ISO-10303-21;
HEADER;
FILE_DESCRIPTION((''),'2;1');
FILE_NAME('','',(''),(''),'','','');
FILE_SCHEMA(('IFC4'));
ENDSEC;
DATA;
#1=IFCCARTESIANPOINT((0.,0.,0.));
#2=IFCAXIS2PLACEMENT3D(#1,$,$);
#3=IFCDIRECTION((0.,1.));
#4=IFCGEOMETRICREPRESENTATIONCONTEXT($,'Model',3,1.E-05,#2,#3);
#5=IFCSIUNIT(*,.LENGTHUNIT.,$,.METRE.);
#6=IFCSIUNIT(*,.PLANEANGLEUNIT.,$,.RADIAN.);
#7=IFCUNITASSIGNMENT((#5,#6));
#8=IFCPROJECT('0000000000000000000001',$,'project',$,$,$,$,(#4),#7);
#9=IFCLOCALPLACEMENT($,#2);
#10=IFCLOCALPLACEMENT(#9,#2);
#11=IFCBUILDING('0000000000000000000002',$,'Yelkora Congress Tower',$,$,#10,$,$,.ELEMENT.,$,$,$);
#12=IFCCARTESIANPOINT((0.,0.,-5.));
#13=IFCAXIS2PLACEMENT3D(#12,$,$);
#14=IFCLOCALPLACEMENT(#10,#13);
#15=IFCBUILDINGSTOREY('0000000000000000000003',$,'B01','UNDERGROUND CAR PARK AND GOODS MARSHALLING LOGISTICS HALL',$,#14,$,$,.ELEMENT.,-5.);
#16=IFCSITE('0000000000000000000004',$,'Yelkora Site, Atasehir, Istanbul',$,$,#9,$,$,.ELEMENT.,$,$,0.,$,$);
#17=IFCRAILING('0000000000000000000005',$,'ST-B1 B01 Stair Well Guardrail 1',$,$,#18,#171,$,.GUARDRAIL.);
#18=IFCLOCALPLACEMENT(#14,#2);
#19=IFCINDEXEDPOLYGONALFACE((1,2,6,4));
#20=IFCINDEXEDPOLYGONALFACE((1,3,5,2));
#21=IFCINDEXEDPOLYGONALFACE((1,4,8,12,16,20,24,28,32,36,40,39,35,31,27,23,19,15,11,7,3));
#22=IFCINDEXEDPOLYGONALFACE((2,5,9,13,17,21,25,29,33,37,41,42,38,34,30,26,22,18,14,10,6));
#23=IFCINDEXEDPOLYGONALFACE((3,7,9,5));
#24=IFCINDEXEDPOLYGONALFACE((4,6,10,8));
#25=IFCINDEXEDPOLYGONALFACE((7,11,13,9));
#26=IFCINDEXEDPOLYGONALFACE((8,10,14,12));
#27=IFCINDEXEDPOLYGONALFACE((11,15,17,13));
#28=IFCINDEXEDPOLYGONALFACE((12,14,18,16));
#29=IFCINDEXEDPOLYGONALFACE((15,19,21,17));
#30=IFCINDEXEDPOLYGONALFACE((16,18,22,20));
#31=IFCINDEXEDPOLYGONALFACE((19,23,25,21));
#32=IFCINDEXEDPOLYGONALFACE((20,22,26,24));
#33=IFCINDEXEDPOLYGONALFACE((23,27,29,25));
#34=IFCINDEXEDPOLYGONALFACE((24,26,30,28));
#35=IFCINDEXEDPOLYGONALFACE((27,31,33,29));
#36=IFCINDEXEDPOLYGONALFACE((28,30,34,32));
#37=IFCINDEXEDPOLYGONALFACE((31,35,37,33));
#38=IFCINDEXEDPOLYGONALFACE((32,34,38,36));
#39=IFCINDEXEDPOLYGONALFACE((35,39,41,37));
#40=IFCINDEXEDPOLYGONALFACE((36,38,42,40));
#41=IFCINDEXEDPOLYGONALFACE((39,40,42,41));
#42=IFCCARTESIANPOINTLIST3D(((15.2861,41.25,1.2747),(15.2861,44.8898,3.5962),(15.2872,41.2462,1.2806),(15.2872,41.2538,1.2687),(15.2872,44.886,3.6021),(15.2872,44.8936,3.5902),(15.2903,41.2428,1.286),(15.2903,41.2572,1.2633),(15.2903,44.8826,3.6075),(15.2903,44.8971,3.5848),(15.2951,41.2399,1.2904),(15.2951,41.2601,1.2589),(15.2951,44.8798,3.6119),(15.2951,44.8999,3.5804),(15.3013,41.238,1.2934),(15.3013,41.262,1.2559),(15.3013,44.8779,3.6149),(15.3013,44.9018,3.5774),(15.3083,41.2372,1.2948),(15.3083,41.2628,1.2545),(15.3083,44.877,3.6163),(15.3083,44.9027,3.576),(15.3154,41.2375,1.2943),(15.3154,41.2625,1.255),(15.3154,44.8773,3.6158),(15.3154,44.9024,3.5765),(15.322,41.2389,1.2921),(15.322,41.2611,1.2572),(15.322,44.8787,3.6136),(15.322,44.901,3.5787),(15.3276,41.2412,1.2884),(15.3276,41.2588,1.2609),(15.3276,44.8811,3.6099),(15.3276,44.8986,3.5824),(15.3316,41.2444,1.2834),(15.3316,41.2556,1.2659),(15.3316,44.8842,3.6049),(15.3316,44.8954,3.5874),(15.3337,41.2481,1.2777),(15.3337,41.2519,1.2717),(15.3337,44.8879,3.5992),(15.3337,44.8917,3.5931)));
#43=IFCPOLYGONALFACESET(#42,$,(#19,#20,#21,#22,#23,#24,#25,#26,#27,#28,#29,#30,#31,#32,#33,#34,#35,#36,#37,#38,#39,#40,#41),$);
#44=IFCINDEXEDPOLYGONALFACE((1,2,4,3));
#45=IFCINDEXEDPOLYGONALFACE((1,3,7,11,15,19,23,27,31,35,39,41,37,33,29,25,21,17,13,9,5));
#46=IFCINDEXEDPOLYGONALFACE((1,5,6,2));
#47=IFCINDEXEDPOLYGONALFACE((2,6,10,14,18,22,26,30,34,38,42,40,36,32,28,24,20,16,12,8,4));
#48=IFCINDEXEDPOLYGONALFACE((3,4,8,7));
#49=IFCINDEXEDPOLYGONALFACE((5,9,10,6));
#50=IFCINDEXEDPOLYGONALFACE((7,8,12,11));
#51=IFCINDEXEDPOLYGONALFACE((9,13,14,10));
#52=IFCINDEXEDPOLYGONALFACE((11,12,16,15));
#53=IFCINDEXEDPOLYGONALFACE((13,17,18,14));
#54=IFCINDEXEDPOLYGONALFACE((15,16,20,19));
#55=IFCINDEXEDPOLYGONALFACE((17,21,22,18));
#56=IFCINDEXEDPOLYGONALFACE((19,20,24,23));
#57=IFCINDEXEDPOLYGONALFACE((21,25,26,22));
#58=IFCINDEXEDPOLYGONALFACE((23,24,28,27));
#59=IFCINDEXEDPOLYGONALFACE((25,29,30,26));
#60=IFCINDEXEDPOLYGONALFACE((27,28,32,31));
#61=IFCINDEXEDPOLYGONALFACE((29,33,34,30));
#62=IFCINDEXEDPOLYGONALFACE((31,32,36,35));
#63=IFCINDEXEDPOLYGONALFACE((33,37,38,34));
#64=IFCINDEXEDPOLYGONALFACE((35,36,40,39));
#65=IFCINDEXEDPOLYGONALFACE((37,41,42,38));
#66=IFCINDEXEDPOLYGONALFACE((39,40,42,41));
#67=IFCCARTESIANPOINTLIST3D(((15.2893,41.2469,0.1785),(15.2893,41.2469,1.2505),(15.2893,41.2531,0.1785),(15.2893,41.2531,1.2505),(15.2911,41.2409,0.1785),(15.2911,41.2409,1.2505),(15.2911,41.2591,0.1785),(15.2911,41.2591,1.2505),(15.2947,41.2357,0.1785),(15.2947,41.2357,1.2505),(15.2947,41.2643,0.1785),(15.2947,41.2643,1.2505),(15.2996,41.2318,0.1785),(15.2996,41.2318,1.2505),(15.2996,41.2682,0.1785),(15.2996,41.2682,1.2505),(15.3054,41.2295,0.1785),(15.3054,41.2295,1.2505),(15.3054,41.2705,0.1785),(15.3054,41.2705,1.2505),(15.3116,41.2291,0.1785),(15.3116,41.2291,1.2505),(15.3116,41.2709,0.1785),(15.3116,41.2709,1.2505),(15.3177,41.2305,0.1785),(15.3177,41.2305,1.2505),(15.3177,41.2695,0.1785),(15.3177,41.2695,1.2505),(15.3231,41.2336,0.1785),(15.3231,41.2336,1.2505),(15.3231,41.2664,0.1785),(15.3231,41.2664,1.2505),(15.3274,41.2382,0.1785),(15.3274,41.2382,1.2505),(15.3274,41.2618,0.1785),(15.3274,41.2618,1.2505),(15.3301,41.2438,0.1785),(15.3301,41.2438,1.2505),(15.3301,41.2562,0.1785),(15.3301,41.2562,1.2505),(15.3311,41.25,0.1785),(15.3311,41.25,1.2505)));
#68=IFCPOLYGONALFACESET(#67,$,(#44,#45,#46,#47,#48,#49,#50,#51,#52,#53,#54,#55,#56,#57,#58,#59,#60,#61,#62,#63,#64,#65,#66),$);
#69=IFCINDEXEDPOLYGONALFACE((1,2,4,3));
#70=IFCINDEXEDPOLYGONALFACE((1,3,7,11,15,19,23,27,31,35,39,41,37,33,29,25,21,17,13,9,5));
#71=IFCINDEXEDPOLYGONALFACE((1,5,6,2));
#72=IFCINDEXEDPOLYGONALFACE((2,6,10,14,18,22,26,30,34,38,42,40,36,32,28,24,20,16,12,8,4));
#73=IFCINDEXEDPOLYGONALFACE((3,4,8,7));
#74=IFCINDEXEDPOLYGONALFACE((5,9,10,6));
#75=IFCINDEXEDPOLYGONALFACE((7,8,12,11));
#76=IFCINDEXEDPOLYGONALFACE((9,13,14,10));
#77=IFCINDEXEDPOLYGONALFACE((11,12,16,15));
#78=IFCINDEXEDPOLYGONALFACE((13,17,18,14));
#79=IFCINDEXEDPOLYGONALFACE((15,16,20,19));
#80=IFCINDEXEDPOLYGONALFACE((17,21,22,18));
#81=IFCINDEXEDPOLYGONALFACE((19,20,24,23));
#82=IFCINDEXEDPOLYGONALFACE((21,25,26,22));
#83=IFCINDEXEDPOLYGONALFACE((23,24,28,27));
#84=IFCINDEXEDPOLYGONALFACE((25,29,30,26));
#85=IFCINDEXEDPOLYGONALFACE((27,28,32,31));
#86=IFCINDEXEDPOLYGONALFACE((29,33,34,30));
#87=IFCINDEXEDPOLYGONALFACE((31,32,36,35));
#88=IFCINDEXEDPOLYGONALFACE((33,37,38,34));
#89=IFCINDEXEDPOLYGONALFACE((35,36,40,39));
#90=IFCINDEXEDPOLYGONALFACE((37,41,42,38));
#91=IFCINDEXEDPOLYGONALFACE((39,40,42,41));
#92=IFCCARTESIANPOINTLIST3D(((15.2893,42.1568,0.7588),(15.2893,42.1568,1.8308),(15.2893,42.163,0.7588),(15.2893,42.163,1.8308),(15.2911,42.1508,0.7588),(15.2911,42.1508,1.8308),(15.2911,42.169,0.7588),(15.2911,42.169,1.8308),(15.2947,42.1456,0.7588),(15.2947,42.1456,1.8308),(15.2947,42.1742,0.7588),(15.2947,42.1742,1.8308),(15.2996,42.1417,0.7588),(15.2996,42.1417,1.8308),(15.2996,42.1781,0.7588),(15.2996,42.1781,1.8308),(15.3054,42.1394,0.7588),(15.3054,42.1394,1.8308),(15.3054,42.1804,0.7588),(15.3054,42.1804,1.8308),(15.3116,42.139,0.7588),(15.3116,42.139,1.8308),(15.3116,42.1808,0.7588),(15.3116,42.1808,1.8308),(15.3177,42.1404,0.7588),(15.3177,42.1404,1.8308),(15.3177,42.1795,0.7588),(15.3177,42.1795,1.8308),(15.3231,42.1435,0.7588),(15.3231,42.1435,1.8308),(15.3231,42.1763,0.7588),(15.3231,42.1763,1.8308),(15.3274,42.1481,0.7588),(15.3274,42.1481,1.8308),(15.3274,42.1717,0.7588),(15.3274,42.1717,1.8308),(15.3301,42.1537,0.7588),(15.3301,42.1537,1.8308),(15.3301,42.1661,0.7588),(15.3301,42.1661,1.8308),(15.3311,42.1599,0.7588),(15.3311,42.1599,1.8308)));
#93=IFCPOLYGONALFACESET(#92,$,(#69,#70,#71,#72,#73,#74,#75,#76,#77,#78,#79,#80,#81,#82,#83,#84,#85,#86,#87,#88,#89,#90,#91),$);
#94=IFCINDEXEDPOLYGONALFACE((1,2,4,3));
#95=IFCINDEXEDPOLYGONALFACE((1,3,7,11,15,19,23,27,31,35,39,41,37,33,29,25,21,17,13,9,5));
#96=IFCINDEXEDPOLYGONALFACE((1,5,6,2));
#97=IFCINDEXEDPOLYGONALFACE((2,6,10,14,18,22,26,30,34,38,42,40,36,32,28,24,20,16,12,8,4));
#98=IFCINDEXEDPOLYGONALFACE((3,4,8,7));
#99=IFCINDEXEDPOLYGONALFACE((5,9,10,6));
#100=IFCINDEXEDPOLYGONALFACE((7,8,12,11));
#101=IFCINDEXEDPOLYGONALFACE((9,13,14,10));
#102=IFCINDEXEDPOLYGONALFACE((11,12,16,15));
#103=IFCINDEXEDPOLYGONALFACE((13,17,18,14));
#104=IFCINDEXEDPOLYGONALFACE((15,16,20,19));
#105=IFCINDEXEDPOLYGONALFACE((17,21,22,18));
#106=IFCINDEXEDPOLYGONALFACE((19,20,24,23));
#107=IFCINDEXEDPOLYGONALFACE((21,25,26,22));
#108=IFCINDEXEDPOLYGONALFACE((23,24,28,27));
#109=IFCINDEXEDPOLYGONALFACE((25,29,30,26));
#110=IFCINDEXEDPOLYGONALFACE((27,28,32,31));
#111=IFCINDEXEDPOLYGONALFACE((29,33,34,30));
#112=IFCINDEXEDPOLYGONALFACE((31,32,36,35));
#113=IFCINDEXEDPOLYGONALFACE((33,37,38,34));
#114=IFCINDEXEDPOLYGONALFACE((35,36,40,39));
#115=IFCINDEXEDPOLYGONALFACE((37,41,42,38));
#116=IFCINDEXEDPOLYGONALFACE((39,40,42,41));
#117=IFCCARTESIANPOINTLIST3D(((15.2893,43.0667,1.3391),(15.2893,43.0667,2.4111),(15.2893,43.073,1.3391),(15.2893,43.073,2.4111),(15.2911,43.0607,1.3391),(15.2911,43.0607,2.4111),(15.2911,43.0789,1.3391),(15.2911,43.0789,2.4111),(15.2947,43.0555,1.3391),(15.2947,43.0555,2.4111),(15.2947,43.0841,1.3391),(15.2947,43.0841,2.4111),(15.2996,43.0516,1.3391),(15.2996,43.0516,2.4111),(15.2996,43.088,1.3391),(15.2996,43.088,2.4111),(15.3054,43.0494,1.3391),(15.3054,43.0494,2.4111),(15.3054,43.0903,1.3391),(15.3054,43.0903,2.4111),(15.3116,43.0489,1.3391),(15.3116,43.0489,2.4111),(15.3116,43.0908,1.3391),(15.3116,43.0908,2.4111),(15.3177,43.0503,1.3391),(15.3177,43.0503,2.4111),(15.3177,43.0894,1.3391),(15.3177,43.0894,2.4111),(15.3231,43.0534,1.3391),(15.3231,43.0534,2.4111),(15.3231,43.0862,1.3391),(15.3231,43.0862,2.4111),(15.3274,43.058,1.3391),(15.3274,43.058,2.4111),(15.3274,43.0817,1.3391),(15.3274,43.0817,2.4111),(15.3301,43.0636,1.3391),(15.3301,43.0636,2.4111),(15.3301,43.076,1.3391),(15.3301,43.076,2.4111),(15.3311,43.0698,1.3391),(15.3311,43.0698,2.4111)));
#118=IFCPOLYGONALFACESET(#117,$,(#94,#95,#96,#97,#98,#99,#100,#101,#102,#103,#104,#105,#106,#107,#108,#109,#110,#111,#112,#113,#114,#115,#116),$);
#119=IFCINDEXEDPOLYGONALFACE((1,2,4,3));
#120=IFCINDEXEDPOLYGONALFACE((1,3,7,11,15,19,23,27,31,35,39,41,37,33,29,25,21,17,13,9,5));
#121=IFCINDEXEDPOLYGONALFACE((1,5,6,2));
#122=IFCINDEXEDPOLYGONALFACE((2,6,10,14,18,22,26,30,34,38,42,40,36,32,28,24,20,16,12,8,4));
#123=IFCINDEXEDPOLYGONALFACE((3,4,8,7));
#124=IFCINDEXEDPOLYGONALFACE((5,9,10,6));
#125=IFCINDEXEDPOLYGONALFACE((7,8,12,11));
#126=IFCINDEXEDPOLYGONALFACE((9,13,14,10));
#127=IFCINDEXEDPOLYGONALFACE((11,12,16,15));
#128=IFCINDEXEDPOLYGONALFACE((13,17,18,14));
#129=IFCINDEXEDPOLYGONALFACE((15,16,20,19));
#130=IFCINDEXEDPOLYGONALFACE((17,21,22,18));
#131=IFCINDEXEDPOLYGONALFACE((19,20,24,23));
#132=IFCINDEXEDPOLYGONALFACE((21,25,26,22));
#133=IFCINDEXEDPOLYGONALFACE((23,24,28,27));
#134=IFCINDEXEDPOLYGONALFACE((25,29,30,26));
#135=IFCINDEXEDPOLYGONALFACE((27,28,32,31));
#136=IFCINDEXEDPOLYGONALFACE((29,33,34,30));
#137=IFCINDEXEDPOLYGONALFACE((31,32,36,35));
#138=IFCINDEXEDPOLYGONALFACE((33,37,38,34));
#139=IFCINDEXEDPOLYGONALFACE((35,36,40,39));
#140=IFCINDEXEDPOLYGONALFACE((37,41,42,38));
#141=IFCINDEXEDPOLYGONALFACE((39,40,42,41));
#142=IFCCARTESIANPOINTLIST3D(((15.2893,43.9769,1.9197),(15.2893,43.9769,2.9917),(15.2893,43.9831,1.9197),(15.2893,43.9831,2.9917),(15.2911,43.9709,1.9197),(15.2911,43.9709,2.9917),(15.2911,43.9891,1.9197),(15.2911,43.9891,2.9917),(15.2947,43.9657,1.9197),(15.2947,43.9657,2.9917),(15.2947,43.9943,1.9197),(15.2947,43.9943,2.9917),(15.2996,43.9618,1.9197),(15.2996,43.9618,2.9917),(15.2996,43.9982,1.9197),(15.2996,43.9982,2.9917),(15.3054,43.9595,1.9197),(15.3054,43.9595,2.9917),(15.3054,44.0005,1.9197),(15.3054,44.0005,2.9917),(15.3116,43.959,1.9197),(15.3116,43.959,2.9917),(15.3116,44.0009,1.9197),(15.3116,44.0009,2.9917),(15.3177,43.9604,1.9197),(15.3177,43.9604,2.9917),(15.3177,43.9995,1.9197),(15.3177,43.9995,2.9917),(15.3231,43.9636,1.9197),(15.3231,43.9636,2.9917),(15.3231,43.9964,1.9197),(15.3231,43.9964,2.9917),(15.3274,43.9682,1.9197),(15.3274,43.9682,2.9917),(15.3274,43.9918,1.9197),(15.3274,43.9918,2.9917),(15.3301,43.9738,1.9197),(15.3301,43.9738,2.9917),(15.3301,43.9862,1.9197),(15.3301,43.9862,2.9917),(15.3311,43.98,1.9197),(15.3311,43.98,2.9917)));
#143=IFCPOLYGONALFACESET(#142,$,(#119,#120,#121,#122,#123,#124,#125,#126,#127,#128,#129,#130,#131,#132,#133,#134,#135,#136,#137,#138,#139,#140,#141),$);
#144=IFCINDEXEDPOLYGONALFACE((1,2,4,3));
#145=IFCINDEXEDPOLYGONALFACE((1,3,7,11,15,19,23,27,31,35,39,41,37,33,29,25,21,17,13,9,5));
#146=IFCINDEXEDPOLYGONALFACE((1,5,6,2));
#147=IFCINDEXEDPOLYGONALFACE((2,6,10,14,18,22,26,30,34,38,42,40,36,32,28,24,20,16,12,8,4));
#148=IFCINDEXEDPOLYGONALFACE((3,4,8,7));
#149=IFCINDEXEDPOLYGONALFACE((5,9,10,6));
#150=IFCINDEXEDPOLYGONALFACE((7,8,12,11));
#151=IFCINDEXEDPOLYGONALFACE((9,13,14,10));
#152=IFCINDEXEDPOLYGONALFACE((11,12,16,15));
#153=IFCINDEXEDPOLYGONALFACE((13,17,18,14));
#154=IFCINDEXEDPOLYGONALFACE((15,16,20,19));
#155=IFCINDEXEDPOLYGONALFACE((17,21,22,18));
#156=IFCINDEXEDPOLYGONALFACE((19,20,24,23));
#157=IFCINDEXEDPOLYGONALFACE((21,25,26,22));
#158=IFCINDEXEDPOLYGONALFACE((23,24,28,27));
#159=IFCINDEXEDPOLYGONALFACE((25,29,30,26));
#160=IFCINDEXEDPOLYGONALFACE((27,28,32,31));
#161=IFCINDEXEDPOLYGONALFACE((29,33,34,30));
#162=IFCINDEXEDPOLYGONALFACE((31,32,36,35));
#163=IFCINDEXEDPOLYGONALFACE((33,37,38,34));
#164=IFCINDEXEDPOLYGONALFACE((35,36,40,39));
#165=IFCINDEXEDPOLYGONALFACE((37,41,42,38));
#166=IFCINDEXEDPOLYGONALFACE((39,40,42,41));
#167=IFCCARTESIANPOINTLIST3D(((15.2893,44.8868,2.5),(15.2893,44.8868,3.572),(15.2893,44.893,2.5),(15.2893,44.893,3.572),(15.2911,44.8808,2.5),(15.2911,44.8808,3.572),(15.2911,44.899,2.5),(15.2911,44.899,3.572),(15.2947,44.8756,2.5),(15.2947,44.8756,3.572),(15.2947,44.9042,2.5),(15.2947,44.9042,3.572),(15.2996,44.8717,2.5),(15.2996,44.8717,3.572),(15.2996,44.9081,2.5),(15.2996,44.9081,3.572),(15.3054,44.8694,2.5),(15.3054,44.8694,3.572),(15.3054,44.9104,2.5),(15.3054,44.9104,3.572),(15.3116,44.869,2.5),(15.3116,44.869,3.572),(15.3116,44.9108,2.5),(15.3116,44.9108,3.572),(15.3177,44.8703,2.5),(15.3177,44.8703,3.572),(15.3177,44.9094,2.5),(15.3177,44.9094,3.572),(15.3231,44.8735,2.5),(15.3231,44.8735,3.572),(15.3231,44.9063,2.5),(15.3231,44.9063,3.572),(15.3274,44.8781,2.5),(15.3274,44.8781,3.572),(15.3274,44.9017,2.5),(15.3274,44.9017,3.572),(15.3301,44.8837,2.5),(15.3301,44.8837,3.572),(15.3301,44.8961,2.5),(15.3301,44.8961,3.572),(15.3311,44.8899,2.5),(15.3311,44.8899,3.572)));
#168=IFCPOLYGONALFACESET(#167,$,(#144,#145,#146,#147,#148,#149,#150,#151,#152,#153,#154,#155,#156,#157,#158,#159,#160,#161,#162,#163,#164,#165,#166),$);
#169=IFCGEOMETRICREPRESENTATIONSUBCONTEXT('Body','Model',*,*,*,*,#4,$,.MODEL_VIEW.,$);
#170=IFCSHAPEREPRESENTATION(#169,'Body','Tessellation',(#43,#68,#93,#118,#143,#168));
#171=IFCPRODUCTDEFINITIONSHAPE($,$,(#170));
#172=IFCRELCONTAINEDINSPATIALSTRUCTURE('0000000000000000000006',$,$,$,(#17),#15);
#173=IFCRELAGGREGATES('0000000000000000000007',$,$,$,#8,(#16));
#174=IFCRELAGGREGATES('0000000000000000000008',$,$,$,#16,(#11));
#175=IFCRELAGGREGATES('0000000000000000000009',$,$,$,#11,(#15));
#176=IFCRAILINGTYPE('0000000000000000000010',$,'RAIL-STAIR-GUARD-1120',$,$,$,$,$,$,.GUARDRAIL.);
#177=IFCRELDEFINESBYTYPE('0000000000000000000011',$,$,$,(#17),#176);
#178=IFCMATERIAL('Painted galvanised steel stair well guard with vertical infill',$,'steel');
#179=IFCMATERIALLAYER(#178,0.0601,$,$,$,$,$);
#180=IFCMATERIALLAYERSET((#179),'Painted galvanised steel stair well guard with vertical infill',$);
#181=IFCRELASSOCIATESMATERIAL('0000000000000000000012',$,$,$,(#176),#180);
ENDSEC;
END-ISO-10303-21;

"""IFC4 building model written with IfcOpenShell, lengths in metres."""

from ifc_helpers import new_model, si_unit, direction, frame, origin, origin_2d, place, context, subcontext, project, spatial, circle, extrude, material, layer, layer_set, type_object, element, save


model = new_model("IFC4")

# Units and contexts
model_context = context("Model", 3, precision=1e-05, world=origin(), true_north=direction((0.0, 1.0)))
body_context = subcontext(model_context, "Body", "Model", "MODEL_VIEW")
ifc_project = project(units=[si_unit("LENGTHUNIT", "METRE"), si_unit("PLANEANGLEUNIT", "RADIAN")], contexts=[model_context])

# Site, building, storey
site_placement = place(None, origin())
site = spatial("IfcSite", under=ifc_project, at=site_placement, Name="Yelkora Site, Atasehir, Istanbul", CompositionType="ELEMENT", RefElevation=0.0)
building_placement = place(site_placement, origin())
building = spatial("IfcBuilding", under=site, at=building_placement, Name="Yelkora Congress Tower", CompositionType="ELEMENT")
storey_placement = place(building_placement, frame((0.0, 0.0, -5.0)))
storey = spatial("IfcBuildingStorey", under=building, at=storey_placement, Name="B01", Description="UNDERGROUND CAR PARK AND GOODS MARSHALLING LOGISTICS HALL", CompositionType="ELEMENT", Elevation=-5.0)

# Railing
ifc_material_1 = material(Name="Painted galvanised steel stair well guard with vertical infill", Category="steel")
ifc_layer_1 = layer(ifc_material_1, 0.0601)
ifc_layer_set_1 = layer_set([ifc_layer_1], Name="Painted galvanised steel stair well guard with vertical infill")
railing_type_1 = type_object("IfcRailingType", Name="RAIL-STAIR-GUARD-1120", PredefinedType="GUARDRAIL", material=ifc_layer_set_1)
railing_1_placement = place(storey_placement, frame((15.3101, 41.25, 0.1785)))
element("IfcRailing", 1, at=railing_1_placement, inside=storey, type_object=railing_type_1, Name="ST-B1 B01 Stair Well Guardrail 1", PredefinedType="GUARDRAIL", context=body_context, shape_type="SweptSolid", body=[
    extrude(circle(Radius=0.0239, at=origin_2d()), frame((0.0, 0.0, 1.0962), z_axis=(0.0, 0.843112, 0.537739), x_axis=(-1.0, 0.0, 0.0)), (0.0, 0.0, 1.0), 4.3171),
    extrude(circle(Radius=0.021, at=origin_2d()), origin(), (0.0, 0.0, 1.0), 1.072),
    extrude(circle(Radius=0.021, at=origin_2d()), frame((0.0, 0.9099, 0.5803)), (0.0, 0.0, 1.0), 1.072),
    extrude(circle(Radius=0.021, at=origin_2d()), frame((0.0, 1.8198, 1.1606)), (0.0, 0.0, 1.0), 1.072),
    extrude(circle(Radius=0.021, at=origin_2d()), frame((0.0, 2.73, 1.7412)), (0.0, 0.0, 1.0), 1.072),
    extrude(circle(Radius=0.021, at=origin_2d()), frame((0.0, 3.6399, 2.3215)), (0.0, 0.0, 1.0), 1.072),
])

save(model, "model.ifc")
